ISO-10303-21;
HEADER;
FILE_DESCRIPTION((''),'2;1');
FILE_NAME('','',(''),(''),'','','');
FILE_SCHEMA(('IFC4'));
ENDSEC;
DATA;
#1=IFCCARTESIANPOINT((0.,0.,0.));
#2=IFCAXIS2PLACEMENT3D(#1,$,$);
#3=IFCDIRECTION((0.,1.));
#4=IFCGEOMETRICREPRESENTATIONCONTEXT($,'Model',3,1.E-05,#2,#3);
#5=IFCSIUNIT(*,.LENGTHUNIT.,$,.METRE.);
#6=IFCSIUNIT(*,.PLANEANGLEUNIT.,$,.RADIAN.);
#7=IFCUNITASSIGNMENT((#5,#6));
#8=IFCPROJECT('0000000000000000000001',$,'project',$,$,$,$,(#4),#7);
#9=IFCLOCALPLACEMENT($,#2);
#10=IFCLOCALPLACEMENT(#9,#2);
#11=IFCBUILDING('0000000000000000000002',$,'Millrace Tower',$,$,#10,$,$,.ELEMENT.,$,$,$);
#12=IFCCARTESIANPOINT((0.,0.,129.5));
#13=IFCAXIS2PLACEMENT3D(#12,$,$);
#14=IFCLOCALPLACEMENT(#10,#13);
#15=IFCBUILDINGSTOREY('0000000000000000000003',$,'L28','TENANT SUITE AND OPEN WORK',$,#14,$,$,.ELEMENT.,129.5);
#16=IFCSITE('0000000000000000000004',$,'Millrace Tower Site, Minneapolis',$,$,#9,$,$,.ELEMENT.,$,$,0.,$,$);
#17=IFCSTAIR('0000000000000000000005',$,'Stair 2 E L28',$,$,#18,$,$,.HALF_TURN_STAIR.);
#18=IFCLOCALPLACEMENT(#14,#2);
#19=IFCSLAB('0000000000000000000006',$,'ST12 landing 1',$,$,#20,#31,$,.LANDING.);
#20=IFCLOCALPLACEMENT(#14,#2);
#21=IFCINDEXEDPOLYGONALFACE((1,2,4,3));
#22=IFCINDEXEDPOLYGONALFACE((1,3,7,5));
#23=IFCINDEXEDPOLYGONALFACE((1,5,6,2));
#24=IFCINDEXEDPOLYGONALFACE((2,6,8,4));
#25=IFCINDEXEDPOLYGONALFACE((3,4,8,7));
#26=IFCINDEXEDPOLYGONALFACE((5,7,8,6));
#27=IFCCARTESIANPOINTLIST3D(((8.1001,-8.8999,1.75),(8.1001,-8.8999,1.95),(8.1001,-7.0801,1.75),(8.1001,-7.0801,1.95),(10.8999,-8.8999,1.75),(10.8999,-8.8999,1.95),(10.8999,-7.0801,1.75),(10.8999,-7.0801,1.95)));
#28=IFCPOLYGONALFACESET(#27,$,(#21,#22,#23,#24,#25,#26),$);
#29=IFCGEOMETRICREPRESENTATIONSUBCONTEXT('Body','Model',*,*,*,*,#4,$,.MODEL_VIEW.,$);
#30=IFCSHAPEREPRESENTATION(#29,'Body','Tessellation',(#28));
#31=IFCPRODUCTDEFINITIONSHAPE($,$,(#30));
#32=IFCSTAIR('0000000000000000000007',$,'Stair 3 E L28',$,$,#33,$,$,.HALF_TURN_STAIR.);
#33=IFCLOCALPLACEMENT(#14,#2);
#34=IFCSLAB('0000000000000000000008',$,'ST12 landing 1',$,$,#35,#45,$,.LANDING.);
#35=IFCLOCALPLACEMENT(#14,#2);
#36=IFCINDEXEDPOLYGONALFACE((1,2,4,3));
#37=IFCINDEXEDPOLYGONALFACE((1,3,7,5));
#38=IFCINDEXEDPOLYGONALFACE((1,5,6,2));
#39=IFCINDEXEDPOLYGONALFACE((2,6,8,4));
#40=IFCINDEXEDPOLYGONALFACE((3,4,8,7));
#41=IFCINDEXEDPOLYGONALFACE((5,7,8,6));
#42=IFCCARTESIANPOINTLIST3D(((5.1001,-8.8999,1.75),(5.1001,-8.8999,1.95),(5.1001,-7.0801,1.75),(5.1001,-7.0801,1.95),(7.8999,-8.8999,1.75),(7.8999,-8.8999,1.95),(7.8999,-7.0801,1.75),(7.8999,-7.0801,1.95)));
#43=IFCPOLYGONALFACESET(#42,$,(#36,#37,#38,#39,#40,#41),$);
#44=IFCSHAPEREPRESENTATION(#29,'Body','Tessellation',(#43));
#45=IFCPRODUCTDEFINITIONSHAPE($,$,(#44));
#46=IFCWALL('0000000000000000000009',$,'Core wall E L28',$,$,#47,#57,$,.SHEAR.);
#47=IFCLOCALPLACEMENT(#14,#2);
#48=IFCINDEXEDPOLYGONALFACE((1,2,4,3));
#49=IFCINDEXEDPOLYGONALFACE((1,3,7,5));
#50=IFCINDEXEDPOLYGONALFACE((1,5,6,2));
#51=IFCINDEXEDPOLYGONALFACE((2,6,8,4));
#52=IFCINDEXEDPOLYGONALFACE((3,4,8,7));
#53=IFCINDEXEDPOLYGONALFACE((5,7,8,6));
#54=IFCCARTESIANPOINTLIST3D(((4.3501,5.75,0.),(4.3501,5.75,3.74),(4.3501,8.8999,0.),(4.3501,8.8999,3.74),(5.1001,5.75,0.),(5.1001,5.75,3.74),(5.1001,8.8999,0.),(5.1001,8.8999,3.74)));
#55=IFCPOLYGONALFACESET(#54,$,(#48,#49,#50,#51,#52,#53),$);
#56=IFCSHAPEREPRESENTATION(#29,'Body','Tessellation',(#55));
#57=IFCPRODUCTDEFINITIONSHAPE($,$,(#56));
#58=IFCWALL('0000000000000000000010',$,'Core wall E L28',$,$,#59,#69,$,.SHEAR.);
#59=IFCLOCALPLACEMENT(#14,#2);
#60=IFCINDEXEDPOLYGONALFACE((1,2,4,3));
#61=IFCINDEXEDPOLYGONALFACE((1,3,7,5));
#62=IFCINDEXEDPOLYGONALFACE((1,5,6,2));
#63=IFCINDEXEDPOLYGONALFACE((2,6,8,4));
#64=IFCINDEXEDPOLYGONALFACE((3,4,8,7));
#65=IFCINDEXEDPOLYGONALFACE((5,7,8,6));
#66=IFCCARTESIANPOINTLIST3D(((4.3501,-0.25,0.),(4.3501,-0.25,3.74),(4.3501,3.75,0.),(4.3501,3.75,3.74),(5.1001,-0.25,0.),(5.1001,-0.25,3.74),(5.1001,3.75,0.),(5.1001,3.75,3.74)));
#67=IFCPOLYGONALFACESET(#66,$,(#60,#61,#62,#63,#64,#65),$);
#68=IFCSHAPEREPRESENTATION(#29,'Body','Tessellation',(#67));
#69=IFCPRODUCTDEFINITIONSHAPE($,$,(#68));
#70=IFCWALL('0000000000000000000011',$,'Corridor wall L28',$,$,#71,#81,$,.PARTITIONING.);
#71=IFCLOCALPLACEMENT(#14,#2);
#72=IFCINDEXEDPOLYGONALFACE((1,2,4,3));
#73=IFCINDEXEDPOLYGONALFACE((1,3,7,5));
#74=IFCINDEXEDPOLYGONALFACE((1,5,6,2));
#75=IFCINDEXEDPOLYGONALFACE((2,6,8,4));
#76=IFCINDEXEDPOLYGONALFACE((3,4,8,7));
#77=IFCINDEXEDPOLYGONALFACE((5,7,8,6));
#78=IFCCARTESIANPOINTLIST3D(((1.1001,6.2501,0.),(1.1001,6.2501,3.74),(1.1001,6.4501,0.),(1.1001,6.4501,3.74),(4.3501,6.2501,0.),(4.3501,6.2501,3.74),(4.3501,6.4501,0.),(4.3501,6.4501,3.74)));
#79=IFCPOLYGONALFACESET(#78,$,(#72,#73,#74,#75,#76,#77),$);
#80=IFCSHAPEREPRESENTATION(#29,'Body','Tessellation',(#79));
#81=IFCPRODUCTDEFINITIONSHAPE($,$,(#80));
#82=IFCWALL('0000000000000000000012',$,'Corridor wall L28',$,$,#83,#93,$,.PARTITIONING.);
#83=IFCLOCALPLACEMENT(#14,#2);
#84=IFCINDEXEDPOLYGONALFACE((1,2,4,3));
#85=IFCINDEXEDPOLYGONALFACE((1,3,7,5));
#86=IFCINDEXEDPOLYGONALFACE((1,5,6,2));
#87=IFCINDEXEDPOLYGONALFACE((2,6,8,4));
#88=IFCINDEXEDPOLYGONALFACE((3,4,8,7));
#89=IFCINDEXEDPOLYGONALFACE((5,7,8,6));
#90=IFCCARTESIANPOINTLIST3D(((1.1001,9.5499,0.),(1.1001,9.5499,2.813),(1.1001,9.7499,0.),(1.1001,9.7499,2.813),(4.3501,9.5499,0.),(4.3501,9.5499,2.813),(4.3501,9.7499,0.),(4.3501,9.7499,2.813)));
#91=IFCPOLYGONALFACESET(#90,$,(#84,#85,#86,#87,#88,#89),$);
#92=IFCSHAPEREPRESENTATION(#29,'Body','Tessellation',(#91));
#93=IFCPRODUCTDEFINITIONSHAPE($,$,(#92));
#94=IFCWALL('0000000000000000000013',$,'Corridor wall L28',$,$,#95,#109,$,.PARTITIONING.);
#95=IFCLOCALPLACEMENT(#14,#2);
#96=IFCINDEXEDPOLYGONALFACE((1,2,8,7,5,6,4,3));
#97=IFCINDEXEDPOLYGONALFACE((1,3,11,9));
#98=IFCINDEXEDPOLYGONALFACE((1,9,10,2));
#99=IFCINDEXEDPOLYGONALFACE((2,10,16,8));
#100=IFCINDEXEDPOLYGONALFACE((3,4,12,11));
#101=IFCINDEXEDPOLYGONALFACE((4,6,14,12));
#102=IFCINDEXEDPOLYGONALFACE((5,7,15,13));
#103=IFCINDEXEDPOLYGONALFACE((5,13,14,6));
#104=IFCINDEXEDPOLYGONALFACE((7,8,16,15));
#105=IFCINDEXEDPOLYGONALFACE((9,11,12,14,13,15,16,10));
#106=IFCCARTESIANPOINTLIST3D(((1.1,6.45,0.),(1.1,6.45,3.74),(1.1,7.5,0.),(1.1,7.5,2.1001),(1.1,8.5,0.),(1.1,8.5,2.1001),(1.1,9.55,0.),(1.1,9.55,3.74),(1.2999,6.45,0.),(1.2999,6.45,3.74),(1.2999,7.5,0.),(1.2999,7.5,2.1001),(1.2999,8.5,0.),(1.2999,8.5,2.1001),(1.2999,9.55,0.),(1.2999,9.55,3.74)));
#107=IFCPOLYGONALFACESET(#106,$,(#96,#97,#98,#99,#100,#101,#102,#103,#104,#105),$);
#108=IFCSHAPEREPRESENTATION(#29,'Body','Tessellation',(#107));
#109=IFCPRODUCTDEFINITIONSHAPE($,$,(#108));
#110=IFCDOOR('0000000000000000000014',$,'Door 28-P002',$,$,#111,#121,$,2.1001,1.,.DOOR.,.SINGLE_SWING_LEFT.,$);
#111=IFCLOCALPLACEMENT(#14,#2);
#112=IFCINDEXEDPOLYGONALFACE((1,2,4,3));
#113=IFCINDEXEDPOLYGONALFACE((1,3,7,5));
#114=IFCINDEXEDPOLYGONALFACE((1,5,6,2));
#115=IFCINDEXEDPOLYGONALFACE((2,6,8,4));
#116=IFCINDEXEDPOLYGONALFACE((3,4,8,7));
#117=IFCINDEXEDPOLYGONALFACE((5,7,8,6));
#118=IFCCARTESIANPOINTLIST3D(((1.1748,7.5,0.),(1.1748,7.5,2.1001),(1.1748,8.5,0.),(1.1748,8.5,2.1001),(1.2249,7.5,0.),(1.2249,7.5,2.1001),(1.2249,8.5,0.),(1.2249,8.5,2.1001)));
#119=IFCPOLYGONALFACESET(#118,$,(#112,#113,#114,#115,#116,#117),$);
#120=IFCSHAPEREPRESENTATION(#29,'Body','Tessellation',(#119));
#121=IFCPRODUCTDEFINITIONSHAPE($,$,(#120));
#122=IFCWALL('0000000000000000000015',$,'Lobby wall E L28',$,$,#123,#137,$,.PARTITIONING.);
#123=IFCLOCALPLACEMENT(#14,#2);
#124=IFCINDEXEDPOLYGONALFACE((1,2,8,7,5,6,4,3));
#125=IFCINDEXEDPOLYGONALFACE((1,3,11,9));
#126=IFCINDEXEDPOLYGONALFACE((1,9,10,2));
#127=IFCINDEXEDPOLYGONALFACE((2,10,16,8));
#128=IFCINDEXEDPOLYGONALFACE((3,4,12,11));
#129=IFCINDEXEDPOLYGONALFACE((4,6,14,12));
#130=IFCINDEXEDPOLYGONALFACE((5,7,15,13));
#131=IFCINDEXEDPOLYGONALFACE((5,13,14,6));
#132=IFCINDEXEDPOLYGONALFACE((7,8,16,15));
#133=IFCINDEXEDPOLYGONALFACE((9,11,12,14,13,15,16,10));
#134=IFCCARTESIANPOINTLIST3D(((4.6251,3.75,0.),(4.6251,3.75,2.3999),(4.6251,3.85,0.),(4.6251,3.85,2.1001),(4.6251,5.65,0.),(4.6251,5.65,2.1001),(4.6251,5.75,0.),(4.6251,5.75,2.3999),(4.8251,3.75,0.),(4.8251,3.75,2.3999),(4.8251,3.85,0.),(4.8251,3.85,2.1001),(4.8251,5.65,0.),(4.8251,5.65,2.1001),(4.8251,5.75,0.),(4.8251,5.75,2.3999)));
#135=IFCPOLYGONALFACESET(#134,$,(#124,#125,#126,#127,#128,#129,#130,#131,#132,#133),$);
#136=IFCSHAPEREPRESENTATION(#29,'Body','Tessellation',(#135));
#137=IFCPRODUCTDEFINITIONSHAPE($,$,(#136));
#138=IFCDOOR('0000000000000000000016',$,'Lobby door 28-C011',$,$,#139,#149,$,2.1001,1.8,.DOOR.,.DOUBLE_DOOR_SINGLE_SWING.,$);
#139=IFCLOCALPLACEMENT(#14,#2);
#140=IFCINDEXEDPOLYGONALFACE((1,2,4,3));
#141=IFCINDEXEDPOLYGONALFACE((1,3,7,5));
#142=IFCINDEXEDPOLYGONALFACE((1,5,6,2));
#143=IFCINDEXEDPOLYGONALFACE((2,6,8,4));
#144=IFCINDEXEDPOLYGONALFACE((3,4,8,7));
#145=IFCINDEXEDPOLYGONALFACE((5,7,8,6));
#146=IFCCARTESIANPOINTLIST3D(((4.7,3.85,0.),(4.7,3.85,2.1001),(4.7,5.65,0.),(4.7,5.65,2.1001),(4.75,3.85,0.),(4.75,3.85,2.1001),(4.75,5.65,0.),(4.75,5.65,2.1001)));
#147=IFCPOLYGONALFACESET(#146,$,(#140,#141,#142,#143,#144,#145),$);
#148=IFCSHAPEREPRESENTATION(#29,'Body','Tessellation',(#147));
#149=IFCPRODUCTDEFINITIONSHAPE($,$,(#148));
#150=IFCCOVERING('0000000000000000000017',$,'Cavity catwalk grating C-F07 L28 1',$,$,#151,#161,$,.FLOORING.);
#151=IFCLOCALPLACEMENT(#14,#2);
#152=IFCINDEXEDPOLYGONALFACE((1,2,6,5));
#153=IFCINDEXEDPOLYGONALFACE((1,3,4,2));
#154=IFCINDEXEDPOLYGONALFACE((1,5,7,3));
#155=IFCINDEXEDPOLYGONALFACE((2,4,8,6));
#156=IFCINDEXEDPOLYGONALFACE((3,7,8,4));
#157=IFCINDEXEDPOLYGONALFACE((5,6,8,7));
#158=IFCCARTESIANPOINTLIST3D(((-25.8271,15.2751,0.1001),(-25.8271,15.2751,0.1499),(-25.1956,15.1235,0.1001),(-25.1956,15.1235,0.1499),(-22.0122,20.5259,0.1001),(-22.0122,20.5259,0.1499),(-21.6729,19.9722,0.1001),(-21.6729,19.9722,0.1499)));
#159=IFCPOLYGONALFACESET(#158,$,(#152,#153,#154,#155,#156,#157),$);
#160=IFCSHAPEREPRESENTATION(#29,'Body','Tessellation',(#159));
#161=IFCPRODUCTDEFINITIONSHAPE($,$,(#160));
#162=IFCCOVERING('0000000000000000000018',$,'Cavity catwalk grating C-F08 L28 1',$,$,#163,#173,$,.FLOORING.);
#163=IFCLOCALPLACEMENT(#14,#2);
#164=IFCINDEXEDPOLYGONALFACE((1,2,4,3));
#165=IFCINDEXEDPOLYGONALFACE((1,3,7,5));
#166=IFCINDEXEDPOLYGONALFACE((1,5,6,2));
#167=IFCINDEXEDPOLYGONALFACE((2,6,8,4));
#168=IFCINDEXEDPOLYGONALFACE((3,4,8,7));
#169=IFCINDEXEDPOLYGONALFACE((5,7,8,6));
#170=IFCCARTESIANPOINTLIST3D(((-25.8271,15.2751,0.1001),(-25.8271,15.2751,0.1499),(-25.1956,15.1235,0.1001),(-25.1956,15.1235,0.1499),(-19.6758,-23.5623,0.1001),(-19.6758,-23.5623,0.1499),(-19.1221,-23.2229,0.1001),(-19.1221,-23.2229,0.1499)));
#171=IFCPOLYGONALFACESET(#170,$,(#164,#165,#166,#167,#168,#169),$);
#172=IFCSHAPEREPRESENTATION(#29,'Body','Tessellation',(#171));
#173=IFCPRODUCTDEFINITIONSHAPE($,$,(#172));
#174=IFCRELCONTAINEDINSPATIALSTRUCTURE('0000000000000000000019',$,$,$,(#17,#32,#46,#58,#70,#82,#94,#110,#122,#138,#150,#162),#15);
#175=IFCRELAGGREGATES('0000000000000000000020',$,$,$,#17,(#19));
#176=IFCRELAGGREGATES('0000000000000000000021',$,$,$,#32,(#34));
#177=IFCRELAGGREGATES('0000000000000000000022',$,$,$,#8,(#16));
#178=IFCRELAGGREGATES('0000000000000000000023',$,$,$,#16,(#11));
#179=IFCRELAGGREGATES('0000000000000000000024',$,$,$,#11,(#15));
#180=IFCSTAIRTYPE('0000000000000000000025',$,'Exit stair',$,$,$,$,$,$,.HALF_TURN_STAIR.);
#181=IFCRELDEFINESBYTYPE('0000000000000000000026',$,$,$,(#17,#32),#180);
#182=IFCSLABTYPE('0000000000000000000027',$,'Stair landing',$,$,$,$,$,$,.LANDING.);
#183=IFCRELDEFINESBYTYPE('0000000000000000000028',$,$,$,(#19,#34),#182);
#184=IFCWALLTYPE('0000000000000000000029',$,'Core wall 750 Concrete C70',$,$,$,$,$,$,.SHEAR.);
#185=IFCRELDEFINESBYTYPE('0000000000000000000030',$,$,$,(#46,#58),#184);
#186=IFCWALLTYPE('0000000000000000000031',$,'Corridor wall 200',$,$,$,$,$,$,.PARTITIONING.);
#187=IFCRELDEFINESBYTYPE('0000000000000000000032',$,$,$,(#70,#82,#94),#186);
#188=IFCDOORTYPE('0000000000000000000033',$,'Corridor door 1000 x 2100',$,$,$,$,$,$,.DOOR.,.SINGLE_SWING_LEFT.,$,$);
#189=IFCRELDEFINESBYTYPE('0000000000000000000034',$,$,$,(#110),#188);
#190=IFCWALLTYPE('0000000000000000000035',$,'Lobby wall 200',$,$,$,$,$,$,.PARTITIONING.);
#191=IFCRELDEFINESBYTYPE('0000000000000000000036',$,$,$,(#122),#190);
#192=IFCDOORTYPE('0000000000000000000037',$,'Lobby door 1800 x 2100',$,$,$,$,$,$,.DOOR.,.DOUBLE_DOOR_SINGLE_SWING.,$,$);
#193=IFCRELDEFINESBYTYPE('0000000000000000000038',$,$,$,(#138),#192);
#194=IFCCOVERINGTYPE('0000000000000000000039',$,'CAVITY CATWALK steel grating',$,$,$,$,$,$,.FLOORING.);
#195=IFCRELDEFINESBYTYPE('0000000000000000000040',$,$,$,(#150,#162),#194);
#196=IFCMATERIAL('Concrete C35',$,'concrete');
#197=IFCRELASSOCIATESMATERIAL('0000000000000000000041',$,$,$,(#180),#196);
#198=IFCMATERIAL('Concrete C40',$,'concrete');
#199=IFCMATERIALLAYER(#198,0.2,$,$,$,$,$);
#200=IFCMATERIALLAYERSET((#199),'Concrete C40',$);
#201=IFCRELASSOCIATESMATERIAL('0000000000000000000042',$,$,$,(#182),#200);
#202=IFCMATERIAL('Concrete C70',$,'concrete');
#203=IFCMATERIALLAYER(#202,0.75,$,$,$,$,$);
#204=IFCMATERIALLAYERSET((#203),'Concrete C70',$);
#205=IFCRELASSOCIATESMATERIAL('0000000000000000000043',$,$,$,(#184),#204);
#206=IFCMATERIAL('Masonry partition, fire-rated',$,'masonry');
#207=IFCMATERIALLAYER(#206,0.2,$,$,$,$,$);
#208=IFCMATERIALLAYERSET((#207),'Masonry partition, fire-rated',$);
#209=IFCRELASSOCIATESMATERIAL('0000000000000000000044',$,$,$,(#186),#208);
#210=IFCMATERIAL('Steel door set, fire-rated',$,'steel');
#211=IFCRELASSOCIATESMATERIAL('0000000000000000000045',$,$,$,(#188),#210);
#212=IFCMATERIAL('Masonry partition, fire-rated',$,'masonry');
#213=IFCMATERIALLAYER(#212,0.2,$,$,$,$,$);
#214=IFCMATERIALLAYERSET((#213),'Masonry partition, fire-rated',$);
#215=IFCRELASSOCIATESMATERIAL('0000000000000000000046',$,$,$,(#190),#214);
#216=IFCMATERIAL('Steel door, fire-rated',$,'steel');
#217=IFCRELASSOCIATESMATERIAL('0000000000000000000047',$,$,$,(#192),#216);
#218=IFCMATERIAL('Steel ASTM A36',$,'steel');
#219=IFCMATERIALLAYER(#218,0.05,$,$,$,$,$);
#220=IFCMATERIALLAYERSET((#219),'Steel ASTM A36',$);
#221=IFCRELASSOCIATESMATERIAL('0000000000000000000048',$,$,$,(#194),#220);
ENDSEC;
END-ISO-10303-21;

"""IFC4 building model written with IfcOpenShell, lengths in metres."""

from ifc_helpers import new_model, si_unit, direction, frame, frame_2d, origin, place, context, subcontext, project, spatial, polyline, rectangle, outline, extrude, material, layer, layer_set, type_object, element, fill, aggregate, save


model = new_model("IFC4")

# Units and contexts
model_context = context("Model", 3, precision=1e-05, world=origin(), true_north=direction((0.0, 1.0)))
body_context = subcontext(model_context, "Body", "Model", "MODEL_VIEW")
ifc_project = project(units=[si_unit("LENGTHUNIT", "METRE"), si_unit("PLANEANGLEUNIT", "RADIAN")], contexts=[model_context])

# Site, building, storey
site_placement = place(None, origin())
site = spatial("IfcSite", under=ifc_project, at=site_placement, Name="Millrace Tower Site, Minneapolis", CompositionType="ELEMENT", RefElevation=0.0)
building_placement = place(site_placement, origin())
building = spatial("IfcBuilding", under=site, at=building_placement, Name="Millrace Tower", CompositionType="ELEMENT")
storey_placement = place(building_placement, frame((0.0, 0.0, 129.5)))
storey = spatial("IfcBuildingStorey", under=building, at=storey_placement, Name="L28", Description="TENANT SUITE AND OPEN WORK", CompositionType="ELEMENT", Elevation=129.5)

# Shared definitions
placement_1 = place(storey_placement, origin())

# Stairs, slabs
ifc_material_1 = material(Name="Concrete C35", Category="concrete")
stair_type = type_object("IfcStairType", Name="Exit stair", PredefinedType="HALF_TURN_STAIR", material=ifc_material_1)
ifc_material_2 = material(Name="Concrete C40", Category="concrete")
ifc_layer_1 = layer(ifc_material_2, 0.2)
ifc_layer_set_1 = layer_set([ifc_layer_1], Name="Concrete C40")
slab_type = type_object("IfcSlabType", Name="Stair landing", PredefinedType="LANDING", material=ifc_layer_set_1)
placement_2 = place(storey_placement, frame((0.0, 0.0, 1.75)))
stair_1 = element("IfcStair", 1, at=placement_1, inside=storey, type_object=stair_type, Name="Stair 2 E L28", PredefinedType="HALF_TURN_STAIR")
slab_1 = element("IfcSlab", 2, at=placement_2, type_object=slab_type, Name="ST12 landing 1", PredefinedType="LANDING", context=body_context, shape_type="SweptSolid", body=[
    extrude(outline(polyline([(8.1001, -8.8999), (10.8999, -8.8999), (10.8999, -7.0801), (8.1001, -7.0801), (8.1001, -8.8999)])), origin(), (0.0, 0.0, 1.0), 0.2),
])
aggregate(stair_1, [slab_1])
stair_2 = element("IfcStair", 3, at=placement_1, inside=storey, type_object=stair_type, Name="Stair 3 E L28", PredefinedType="HALF_TURN_STAIR")
slab_2 = element("IfcSlab", 4, at=placement_2, type_object=slab_type, Name="ST12 landing 1", PredefinedType="LANDING", context=body_context, shape_type="SweptSolid", body=[
    extrude(outline(polyline([(5.1001, -8.8999), (7.8999, -8.8999), (7.8999, -7.0801), (5.1001, -7.0801), (5.1001, -8.8999)])), origin(), (0.0, 0.0, 1.0), 0.2),
])
aggregate(stair_2, [slab_2])

# Walls
ifc_material_3 = material(Name="Concrete C70", Category="concrete")
ifc_layer_2 = layer(ifc_material_3, 0.75)
ifc_layer_set_2 = layer_set([ifc_layer_2], Name="Concrete C70")
wall_type_1 = type_object("IfcWallType", Name="Core wall 750 Concrete C70", PredefinedType="SHEAR", material=ifc_layer_set_2)
wall_1_placement = place(storey_placement, frame((4.7251, 8.8999, 0.0), z_axis=(0.0, 0.0, 1.0), x_axis=(0.0, -1.0, 0.0)))
element("IfcWall", 5, at=wall_1_placement, inside=storey, type_object=wall_type_1, Name="Core wall E L28", PredefinedType="SHEAR", context=body_context, shape_type="SweptSolid", body=[
    extrude(rectangle(XDim=3.1499, YDim=0.75, at=frame_2d((1.575, 0.0))), origin(), (0.0, 0.0, 1.0), 3.74),
])
wall_2_placement = place(storey_placement, frame((4.7251, 3.75, 0.0), z_axis=(0.0, 0.0, 1.0), x_axis=(0.0, -1.0, 0.0)))
element("IfcWall", 6, at=wall_2_placement, inside=storey, type_object=wall_type_1, Name="Core wall E L28", PredefinedType="SHEAR", context=body_context, shape_type="SweptSolid", body=[
    extrude(rectangle(XDim=4.0, YDim=0.75, at=frame_2d((2.0, 0.0))), origin(), (0.0, 0.0, 1.0), 3.74),
])
ifc_material_4 = material(Name="Masonry partition, fire-rated", Category="masonry")
ifc_layer_3 = layer(ifc_material_4, 0.2)
ifc_layer_set_3 = layer_set([ifc_layer_3], Name="Masonry partition, fire-rated")
wall_type_2 = type_object("IfcWallType", Name="Corridor wall 200", PredefinedType="PARTITIONING", material=ifc_layer_set_3)
wall_3_placement = place(storey_placement, frame((1.1001, 6.3501, 0.0), z_axis=(0.0, 0.0, 1.0), x_axis=(1.0, 0.0, 0.0)))
element("IfcWall", 7, at=wall_3_placement, inside=storey, type_object=wall_type_2, Name="Corridor wall L28", PredefinedType="PARTITIONING", context=body_context, shape_type="SweptSolid", body=[
    extrude(rectangle(XDim=3.25, YDim=0.2, at=frame_2d((1.625, 0.0))), origin(), (0.0, 0.0, 1.0), 3.74),
])
wall_4_placement = place(storey_placement, frame((1.1001, 9.6499, 0.0), z_axis=(0.0, 0.0, 1.0), x_axis=(1.0, 0.0, 0.0)))
element("IfcWall", 8, at=wall_4_placement, inside=storey, type_object=wall_type_2, Name="Corridor wall L28", PredefinedType="PARTITIONING", context=body_context, shape_type="SweptSolid", body=[
    extrude(rectangle(XDim=3.25, YDim=0.2, at=frame_2d((1.625, 0.0))), origin(), (0.0, 0.0, 1.0), 2.813),
])

# Walls, openings, doors
wall_5_placement = place(storey_placement, frame((1.2, 6.45, 0.0), z_axis=(0.0, 0.0, 1.0), x_axis=(0.0, 1.0, 0.0)))
wall_5 = element("IfcWall", 9, at=wall_5_placement, inside=storey, type_object=wall_type_2, Name="Corridor wall L28", PredefinedType="PARTITIONING", context=body_context, shape_type="SweptSolid", body=[
    extrude(rectangle(XDim=3.1001, YDim=0.2, at=frame_2d((1.55, 0.0))), origin(), (0.0, 0.0, 1.0), 3.74),
])
opening_1_placement = place(wall_5_placement, frame((1.05, 0.0, 0.0)))
opening_1 = element("IfcOpeningElement", 10, at=opening_1_placement, cuts=wall_5, PredefinedType="OPENING", context=body_context, shape_type="SweptSolid", body=[
    extrude(rectangle(XDim=1.0, YDim=2.1001, at=frame_2d((0.5, 1.05))), frame((0.0, 0.1099, 0.0), z_axis=(0.0, -1.0, 0.0), x_axis=(1.0, 0.0, 0.0)), (0.0, 0.0, 1.0), 0.22),
])
ifc_material_5 = material(Name="Steel door set, fire-rated", Category="steel")
door_type_1 = type_object("IfcDoorType", Name="Corridor door 1000 x 2100", OperationType="SINGLE_SWING_LEFT", PredefinedType="DOOR", material=ifc_material_5)
door_1_placement = place(opening_1_placement, frame((1.0, 0.0, 0.0), z_axis=(0.0, 0.0, 1.0), x_axis=(-1.0, 0.0, 0.0)))
door_1 = element("IfcDoor", 11, at=door_1_placement, inside=storey, type_object=door_type_1, Name="Door 28-P002", OperationType="SINGLE_SWING_LEFT", OverallHeight=2.1001, OverallWidth=1.0, PredefinedType="DOOR", context=body_context, shape_type="SweptSolid", body=[
    extrude(rectangle(XDim=1.0, YDim=2.1001, at=frame_2d((0.5, 1.05))), frame((0.0, 0.0249, 0.0), z_axis=(0.0, -1.0, 0.0), x_axis=(1.0, 0.0, 0.0)), (0.0, 0.0, 1.0), 0.05),
])
fill(opening_1, door_1)
ifc_material_6 = material(Name="Masonry partition, fire-rated", Category="masonry")
ifc_layer_4 = layer(ifc_material_6, 0.2)
ifc_layer_set_4 = layer_set([ifc_layer_4], Name="Masonry partition, fire-rated")
wall_type_3 = type_object("IfcWallType", Name="Lobby wall 200", PredefinedType="PARTITIONING", material=ifc_layer_set_4)
wall_6_placement = place(storey_placement, frame((4.7251, 5.75, 0.0), z_axis=(0.0, 0.0, 1.0), x_axis=(0.0, -1.0, 0.0)))
wall_6 = element("IfcWall", 12, at=wall_6_placement, inside=storey, type_object=wall_type_3, Name="Lobby wall E L28", PredefinedType="PARTITIONING", context=body_context, shape_type="SweptSolid", body=[
    extrude(rectangle(XDim=2.0, YDim=0.2, at=frame_2d((1.0, 0.0))), origin(), (0.0, 0.0, 1.0), 2.3999),
])
opening_2_placement = place(wall_6_placement, frame((0.1001, 0.0, 0.0)))
opening_2 = element("IfcOpeningElement", 13, at=opening_2_placement, cuts=wall_6, PredefinedType="OPENING", context=body_context, shape_type="SweptSolid", body=[
    extrude(rectangle(XDim=1.8, YDim=2.1001, at=frame_2d((0.8999, 1.05))), frame((0.0, 0.1099, 0.0), z_axis=(0.0, -1.0, 0.0), x_axis=(1.0, 0.0, 0.0)), (0.0, 0.0, 1.0), 0.22),
])
ifc_material_7 = material(Name="Steel door, fire-rated", Category="steel")
door_type_2 = type_object("IfcDoorType", Name="Lobby door 1800 x 2100", OperationType="DOUBLE_DOOR_SINGLE_SWING", PredefinedType="DOOR", material=ifc_material_7)
door_2_placement = place(opening_2_placement, origin())
door_2 = element("IfcDoor", 14, at=door_2_placement, inside=storey, type_object=door_type_2, Name="Lobby door 28-C011", OperationType="DOUBLE_DOOR_SINGLE_SWING", OverallHeight=2.1001, OverallWidth=1.8, PredefinedType="DOOR", context=body_context, shape_type="SweptSolid", body=[
    extrude(rectangle(XDim=1.8, YDim=2.1001, at=frame_2d((0.8999, 1.05))), frame((0.0, 0.0249, 0.0), z_axis=(0.0, -1.0, 0.0), x_axis=(1.0, 0.0, 0.0)), (0.0, 0.0, 1.0), 0.05),
])
fill(opening_2, door_2)

# Coverings
ifc_material_8 = material(Name="Steel ASTM A36", Category="steel")
ifc_layer_5 = layer(ifc_material_8, 0.05)
ifc_layer_set_5 = layer_set([ifc_layer_5], Name="Steel ASTM A36")
covering_type = type_object("IfcCoveringType", Name="CAVITY CATWALK steel grating", PredefinedType="FLOORING", material=ifc_layer_set_5)
placement_3 = place(storey_placement, frame((0.0, 0.0, 0.1001)))
element("IfcCovering", 15, at=placement_3, inside=storey, type_object=covering_type, Name="Cavity catwalk grating C-F07 L28 1", PredefinedType="FLOORING", context=body_context, shape_type="SweptSolid", body=[
    extrude(outline(polyline([(-22.0122, 20.5259), (-25.8271, 15.2751), (-25.1956, 15.1235), (-21.6729, 19.9722), (-22.0122, 20.5259)])), origin(), (0.0, 0.0, 1.0), 0.0498),
])
element("IfcCovering", 16, at=placement_3, inside=storey, type_object=covering_type, Name="Cavity catwalk grating C-F08 L28 1", PredefinedType="FLOORING", context=body_context, shape_type="SweptSolid", body=[
    extrude(outline(polyline([(-25.8271, 15.2751), (-19.6758, -23.5623), (-19.1221, -23.2229), (-25.1956, 15.1235), (-25.8271, 15.2751)])), origin(), (0.0, 0.0, 1.0), 0.0498),
])

save(model, "model.ifc")
